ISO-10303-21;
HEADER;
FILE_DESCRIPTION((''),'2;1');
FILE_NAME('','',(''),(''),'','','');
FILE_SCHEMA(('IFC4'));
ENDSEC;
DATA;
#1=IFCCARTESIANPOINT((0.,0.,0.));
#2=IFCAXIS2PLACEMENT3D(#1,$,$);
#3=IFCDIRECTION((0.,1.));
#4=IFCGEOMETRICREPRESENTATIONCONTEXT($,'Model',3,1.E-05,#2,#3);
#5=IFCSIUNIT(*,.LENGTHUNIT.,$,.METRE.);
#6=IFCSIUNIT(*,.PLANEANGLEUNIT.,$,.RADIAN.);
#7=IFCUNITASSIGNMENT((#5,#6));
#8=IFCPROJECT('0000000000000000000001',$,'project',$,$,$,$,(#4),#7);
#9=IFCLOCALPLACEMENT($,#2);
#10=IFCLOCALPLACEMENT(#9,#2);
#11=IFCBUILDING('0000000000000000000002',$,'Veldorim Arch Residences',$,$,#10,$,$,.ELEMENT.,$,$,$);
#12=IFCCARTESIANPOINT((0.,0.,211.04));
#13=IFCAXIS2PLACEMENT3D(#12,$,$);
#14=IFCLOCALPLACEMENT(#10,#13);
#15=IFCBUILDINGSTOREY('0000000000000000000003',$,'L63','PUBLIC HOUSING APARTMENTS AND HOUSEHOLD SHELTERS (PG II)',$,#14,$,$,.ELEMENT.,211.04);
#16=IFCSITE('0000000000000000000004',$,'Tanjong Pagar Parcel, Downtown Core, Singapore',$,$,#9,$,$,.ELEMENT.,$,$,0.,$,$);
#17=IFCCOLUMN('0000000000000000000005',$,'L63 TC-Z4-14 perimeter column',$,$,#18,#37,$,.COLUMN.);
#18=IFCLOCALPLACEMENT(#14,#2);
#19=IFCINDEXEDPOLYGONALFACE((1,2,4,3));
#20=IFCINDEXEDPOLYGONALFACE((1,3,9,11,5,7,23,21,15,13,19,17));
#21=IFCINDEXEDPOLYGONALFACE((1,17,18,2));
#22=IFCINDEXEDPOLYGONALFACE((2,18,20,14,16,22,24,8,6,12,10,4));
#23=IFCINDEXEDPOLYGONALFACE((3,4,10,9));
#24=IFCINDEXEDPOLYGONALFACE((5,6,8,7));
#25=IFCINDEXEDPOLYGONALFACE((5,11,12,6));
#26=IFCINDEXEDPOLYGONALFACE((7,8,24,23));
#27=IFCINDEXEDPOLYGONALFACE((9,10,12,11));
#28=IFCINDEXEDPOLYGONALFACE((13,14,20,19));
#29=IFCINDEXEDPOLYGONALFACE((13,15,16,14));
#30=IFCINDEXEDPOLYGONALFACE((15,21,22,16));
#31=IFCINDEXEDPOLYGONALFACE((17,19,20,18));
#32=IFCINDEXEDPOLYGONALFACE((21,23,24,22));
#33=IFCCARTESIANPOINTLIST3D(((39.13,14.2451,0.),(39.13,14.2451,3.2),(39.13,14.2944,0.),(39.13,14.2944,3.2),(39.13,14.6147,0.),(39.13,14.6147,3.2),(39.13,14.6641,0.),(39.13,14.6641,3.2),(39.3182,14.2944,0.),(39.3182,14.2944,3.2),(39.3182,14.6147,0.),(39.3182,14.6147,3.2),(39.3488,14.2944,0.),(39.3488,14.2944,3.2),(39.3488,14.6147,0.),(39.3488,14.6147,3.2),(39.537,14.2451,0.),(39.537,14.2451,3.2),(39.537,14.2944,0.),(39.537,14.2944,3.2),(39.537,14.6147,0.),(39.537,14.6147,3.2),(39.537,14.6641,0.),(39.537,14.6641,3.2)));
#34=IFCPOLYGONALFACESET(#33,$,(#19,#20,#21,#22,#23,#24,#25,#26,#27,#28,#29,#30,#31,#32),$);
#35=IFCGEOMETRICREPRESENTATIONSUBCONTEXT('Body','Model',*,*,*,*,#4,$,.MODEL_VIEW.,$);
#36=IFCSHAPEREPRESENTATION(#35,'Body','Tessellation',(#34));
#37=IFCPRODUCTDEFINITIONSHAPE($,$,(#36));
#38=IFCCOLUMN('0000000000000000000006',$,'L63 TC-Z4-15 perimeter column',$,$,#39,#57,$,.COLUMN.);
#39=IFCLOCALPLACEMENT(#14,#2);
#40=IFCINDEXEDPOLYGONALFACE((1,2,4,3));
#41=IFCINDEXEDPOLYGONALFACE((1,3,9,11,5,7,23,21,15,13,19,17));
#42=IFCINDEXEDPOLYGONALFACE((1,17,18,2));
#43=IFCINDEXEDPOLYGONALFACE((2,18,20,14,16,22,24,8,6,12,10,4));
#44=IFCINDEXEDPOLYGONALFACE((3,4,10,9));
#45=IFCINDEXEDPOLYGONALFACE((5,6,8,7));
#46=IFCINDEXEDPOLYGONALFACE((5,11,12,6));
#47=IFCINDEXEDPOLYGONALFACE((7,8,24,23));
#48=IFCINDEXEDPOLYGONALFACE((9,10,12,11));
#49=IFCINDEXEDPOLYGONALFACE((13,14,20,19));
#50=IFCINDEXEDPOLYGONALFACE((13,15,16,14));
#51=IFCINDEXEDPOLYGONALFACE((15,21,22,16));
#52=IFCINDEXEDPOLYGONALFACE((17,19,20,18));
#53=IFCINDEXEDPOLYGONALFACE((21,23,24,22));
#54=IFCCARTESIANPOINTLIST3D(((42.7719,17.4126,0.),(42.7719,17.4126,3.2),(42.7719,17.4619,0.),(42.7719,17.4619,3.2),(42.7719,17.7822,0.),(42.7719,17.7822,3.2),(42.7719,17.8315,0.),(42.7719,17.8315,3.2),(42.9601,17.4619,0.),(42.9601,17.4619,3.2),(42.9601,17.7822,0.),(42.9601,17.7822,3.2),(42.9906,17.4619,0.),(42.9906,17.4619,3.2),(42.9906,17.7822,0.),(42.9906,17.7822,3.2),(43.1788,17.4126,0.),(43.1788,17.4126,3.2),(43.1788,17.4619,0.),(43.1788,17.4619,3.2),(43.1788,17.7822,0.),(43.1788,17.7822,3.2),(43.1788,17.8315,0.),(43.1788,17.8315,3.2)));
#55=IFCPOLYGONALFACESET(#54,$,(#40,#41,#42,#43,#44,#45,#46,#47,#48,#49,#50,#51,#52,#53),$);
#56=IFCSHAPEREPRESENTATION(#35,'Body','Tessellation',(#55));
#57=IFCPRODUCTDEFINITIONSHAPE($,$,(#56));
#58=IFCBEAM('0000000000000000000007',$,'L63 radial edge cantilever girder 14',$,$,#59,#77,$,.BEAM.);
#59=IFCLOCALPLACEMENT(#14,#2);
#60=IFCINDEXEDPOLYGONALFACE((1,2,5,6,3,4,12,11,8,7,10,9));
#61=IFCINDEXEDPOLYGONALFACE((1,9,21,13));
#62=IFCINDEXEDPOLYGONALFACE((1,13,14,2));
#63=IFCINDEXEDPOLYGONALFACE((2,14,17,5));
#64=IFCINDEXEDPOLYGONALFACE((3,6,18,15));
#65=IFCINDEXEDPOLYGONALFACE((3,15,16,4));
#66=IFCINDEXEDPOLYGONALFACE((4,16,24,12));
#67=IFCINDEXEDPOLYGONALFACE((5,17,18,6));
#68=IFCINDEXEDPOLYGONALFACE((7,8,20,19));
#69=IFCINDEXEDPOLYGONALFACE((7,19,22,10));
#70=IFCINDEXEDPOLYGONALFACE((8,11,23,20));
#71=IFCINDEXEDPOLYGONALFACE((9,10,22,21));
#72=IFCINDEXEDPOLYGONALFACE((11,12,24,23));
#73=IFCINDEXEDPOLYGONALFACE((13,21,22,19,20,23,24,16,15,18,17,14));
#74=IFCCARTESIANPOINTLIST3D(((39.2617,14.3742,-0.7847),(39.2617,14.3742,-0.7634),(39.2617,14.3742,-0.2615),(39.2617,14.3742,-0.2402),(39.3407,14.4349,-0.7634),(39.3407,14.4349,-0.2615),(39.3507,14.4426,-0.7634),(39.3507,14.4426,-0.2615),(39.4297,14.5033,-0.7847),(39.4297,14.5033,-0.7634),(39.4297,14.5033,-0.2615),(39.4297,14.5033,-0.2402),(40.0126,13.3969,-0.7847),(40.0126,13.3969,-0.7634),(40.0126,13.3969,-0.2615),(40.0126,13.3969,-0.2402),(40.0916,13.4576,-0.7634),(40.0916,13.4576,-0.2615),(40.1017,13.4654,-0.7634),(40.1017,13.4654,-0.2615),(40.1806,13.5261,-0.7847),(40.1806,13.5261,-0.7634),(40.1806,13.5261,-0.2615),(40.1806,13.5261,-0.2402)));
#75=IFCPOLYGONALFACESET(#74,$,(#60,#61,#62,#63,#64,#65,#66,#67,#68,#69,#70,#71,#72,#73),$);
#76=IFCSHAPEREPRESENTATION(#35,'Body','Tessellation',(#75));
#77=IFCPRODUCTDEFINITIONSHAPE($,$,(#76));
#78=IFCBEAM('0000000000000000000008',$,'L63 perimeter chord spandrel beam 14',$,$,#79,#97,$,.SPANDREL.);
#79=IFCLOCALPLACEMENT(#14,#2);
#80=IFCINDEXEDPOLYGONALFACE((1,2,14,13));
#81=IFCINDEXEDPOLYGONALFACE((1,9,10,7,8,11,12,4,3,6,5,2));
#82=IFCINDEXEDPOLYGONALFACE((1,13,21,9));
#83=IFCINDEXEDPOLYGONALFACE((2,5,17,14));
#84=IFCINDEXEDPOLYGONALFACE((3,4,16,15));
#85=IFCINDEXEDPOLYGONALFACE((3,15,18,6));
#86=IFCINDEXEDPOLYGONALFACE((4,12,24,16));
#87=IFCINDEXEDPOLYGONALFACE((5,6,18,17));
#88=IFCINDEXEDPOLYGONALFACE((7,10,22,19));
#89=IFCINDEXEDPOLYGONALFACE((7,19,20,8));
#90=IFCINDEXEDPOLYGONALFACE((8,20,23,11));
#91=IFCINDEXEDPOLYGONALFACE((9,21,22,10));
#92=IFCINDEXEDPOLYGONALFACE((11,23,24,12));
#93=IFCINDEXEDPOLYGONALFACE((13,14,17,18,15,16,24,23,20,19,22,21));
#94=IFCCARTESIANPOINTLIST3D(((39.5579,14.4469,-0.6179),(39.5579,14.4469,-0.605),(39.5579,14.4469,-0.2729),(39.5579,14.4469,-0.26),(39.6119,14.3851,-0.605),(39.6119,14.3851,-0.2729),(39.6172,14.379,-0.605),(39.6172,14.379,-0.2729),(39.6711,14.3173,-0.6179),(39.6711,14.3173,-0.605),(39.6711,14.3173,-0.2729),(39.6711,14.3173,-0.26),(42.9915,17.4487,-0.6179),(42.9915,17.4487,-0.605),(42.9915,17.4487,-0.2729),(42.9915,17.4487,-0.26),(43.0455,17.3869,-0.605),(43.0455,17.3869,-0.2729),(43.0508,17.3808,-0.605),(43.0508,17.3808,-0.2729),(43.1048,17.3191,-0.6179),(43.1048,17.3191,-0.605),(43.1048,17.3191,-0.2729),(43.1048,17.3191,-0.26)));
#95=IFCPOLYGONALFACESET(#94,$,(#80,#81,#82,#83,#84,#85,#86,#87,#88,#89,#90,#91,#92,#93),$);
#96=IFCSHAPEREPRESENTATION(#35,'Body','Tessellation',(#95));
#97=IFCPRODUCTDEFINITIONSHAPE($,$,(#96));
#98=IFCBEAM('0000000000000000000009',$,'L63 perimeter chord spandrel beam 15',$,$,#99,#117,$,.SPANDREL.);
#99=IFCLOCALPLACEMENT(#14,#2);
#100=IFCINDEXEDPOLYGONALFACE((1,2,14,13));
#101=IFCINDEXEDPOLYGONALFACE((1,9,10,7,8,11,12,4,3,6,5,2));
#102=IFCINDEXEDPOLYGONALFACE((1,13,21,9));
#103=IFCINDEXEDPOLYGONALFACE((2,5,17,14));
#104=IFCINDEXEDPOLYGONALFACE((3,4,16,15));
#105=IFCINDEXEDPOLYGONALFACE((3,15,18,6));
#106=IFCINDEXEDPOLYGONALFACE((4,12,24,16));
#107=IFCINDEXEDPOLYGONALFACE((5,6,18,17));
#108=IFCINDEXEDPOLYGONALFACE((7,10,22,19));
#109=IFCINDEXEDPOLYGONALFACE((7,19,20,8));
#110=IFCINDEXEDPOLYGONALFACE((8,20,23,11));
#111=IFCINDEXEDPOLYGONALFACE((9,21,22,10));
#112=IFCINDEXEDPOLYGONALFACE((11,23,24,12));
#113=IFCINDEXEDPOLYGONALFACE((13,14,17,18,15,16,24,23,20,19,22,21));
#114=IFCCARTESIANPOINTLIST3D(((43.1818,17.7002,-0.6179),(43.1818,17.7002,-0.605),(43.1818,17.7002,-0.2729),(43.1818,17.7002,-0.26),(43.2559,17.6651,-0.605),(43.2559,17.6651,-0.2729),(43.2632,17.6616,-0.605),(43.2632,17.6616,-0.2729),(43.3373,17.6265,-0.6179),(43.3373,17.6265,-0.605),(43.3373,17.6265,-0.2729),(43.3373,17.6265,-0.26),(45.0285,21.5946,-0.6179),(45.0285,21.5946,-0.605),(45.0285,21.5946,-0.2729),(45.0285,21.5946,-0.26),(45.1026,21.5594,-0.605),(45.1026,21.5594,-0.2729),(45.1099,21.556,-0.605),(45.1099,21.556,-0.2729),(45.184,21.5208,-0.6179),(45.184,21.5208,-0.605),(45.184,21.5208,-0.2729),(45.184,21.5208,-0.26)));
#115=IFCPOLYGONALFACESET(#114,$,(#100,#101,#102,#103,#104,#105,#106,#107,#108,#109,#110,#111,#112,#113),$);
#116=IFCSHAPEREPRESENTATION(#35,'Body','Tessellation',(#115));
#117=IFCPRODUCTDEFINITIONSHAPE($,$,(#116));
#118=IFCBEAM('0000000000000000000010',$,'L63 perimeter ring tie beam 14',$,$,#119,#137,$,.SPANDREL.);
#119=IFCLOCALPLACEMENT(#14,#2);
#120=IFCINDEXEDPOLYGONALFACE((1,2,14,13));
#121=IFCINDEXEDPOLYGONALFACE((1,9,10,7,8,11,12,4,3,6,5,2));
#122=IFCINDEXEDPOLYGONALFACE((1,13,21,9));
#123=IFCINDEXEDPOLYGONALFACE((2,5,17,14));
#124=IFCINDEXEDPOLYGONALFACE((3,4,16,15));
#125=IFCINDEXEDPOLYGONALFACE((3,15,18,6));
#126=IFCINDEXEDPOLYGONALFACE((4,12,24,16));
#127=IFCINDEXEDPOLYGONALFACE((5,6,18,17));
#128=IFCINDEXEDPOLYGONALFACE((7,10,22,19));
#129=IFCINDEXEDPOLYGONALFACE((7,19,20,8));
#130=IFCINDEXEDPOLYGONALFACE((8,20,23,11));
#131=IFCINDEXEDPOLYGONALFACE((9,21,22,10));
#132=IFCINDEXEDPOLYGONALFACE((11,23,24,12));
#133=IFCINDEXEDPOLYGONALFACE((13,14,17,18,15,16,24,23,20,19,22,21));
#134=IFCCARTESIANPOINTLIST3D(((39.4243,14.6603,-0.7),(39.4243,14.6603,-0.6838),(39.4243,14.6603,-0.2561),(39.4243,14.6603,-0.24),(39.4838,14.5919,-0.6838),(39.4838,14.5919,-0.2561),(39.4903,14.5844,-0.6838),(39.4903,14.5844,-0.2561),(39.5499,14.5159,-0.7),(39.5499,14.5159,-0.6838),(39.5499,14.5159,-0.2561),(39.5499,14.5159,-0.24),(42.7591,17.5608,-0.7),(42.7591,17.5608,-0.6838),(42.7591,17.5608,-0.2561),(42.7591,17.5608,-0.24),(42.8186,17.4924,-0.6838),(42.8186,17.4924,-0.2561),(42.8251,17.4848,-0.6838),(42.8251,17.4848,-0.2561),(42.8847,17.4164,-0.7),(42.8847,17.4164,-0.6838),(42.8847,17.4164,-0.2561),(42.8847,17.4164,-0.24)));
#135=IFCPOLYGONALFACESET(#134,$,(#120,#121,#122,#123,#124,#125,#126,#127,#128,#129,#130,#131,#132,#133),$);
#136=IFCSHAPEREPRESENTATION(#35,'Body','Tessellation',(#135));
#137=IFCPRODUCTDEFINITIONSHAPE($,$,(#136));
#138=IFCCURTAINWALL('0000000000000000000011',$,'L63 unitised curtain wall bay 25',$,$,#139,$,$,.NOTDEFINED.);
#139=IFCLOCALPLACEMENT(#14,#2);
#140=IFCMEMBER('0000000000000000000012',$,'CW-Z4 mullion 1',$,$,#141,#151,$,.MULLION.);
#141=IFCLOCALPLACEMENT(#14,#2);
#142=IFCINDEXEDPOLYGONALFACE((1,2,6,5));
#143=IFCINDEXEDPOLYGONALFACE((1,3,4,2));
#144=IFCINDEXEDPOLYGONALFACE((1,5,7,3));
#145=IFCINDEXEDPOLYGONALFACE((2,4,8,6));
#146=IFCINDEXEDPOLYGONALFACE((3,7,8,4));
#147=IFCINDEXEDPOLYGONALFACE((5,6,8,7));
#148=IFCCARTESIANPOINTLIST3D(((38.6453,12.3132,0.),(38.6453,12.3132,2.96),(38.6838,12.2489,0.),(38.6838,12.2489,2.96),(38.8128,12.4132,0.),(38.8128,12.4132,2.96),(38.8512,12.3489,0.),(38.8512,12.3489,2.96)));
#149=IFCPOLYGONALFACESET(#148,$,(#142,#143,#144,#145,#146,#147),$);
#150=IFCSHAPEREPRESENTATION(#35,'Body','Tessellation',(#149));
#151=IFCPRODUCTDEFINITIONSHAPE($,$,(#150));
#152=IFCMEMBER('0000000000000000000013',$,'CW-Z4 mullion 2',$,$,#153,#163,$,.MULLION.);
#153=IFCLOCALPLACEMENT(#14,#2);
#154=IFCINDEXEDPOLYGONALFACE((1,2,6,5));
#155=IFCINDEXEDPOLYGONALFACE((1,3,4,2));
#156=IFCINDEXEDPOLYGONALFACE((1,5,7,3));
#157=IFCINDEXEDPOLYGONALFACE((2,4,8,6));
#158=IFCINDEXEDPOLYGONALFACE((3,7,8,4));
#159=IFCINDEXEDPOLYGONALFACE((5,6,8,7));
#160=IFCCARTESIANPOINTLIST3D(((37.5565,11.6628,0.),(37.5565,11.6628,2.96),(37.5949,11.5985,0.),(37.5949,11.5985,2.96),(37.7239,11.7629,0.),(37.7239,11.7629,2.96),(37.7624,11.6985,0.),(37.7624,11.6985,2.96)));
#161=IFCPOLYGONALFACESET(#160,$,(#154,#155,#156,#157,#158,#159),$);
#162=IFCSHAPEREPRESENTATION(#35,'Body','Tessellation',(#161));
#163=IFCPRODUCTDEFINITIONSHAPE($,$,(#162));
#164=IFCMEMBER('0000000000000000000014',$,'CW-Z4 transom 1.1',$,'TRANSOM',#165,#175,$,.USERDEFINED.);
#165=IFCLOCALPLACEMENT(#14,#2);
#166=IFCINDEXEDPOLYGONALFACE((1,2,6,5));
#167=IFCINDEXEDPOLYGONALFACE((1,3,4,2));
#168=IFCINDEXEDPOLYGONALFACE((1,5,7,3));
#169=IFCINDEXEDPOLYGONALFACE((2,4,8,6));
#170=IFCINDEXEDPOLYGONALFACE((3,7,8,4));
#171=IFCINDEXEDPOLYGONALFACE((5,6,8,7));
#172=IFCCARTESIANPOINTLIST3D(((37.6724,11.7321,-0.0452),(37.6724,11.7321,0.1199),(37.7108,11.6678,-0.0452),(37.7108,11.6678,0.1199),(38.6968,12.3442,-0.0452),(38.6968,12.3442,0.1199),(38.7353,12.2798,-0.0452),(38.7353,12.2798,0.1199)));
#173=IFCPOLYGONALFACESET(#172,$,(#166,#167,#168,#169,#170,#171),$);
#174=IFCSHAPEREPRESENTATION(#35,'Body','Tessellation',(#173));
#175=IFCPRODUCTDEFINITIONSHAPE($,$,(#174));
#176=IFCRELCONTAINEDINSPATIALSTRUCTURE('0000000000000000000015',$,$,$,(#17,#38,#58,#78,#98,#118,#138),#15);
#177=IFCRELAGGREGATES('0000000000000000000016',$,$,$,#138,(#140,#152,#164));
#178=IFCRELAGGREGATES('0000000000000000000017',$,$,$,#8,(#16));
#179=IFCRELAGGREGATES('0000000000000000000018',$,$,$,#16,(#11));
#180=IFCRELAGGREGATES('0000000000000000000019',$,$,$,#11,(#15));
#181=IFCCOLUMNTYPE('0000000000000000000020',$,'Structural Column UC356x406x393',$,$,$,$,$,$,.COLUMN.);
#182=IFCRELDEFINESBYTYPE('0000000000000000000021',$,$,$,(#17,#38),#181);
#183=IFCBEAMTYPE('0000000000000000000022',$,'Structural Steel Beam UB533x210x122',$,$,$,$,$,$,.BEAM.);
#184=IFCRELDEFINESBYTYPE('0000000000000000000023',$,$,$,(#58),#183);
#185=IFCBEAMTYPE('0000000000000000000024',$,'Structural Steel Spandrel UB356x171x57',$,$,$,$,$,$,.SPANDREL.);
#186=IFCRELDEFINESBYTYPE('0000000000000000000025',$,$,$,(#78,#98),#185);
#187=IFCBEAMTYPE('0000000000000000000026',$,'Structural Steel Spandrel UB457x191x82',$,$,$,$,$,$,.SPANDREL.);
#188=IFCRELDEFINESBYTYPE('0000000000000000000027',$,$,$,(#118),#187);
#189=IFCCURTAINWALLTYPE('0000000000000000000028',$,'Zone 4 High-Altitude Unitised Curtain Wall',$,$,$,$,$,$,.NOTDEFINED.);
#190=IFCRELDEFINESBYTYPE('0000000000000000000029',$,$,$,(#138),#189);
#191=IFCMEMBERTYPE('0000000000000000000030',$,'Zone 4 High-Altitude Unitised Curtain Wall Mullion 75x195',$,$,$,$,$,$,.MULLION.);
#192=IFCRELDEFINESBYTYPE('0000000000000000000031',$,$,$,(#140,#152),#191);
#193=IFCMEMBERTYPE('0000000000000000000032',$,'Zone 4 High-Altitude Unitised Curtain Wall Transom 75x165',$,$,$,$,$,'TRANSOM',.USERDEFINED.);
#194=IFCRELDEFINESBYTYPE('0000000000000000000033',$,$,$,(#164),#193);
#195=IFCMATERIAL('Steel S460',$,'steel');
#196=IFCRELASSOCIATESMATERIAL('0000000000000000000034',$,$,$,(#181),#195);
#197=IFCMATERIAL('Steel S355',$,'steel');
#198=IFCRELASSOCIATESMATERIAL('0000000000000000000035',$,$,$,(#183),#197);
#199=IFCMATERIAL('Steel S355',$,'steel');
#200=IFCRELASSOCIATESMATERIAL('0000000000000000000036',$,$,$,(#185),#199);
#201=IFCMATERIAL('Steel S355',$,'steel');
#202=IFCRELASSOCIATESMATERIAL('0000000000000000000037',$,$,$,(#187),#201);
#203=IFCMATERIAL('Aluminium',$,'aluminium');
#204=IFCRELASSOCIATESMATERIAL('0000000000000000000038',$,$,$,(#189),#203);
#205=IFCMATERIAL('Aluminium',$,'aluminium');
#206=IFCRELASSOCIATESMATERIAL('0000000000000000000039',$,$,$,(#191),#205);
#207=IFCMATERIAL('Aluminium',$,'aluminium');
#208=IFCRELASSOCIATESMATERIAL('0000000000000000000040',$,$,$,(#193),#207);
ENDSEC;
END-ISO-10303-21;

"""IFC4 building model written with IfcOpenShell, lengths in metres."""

from ifc_helpers import new_model, si_unit, direction, frame, origin, origin_2d, place, context, subcontext, project, spatial, rectangle, i_section, extrude, material, material_profile, profile_set, type_object, element, aggregate, save


model = new_model("IFC4")

# Units and contexts
model_context = context("Model", 3, precision=1e-05, world=origin(), true_north=direction((0.0, 1.0)))
body_context = subcontext(model_context, "Body", "Model", "MODEL_VIEW")
ifc_project = project(units=[si_unit("LENGTHUNIT", "METRE"), si_unit("PLANEANGLEUNIT", "RADIAN")], contexts=[model_context])

# Site, building, storey
site_placement = place(None, origin())
site = spatial("IfcSite", under=ifc_project, at=site_placement, Name="Tanjong Pagar Parcel, Downtown Core, Singapore", CompositionType="ELEMENT", RefElevation=0.0)
building_placement = place(site_placement, origin())
building = spatial("IfcBuilding", under=site, at=building_placement, Name="Veldorim Arch Residences", CompositionType="ELEMENT")
storey_placement = place(building_placement, frame((0.0, 0.0, 211.04)))
storey = spatial("IfcBuildingStorey", under=building, at=storey_placement, Name="L63", Description="PUBLIC HOUSING APARTMENTS AND HOUSEHOLD SHELTERS (PG II)", CompositionType="ELEMENT", Elevation=211.04)

# Columns
ifc_material_1 = material(Name="Steel S460", Category="steel")
ifc_material_profile_1 = material_profile(ifc_material_1, i_section(OverallWidth=0.407, OverallDepth=0.4189, WebThickness=0.0305, FlangeThickness=0.0493, at=origin_2d()), Name="UC356x406x393")
ifc_profile_set_1 = profile_set([ifc_material_profile_1], Name="Steel S460")
column_type = type_object("IfcColumnType", Name="Structural Column UC356x406x393", PredefinedType="COLUMN", material=ifc_profile_set_1)
for number, where, z_axis, x_axis, name in (
    (1, (39.3335, 14.4546, 0.0), (0.0, 0.0, 1.0), (1.0, 0.0, 0.0), "L63 TC-Z4-14 perimeter column"),
    (2, (42.9753, 17.6221, 0.0), (0.0, 0.0, 1.0), (1.0, 0.0, 0.0), "L63 TC-Z4-15 perimeter column"),
):
    element("IfcColumn", number, at=place(storey_placement, frame(where, z_axis=z_axis, x_axis=x_axis)), inside=storey, type_object=column_type, Name=name, PredefinedType="COLUMN", context=body_context, shape_type="SweptSolid", body=[
        extrude(i_section(OverallWidth=0.407, OverallDepth=0.4189, WebThickness=0.0305, FlangeThickness=0.0493, at=origin_2d()), origin(), (0.0, 0.0, 1.0), 3.2),
    ])

# Beams
ifc_material_2 = material(Name="Steel S355", Category="steel")
ifc_material_profile_2 = material_profile(ifc_material_2, i_section(OverallWidth=0.2119, OverallDepth=0.5444, WebThickness=0.0127, FlangeThickness=0.0212, at=origin_2d()), Name="UB533x210x122")
ifc_profile_set_2 = profile_set([ifc_material_profile_2], Name="Steel S355")
beam_type_1 = type_object("IfcBeamType", Name="Structural Steel Beam UB533x210x122", PredefinedType="BEAM", material=ifc_profile_set_2)
beam_1_placement = place(storey_placement, frame((39.3457, 14.4387, -0.5125), z_axis=(0.609309, -0.792933, 0.0), x_axis=(0.792933, 0.609309, 0.0)))
element("IfcBeam", 3, at=beam_1_placement, inside=storey, type_object=beam_type_1, Name="L63 radial edge cantilever girder 14", PredefinedType="BEAM", context=body_context, shape_type="SweptSolid", body=[
    extrude(i_section(OverallWidth=0.2119, OverallDepth=0.5444, WebThickness=0.0127, FlangeThickness=0.0212, at=origin_2d()), origin(), (0.0, 0.0, 1.0), 1.2324),
])
ifc_material_3 = material(Name="Steel S355", Category="steel")
ifc_material_profile_3 = material_profile(ifc_material_3, i_section(OverallWidth=0.1721, OverallDepth=0.3579, WebThickness=0.0081, FlangeThickness=0.0129, at=origin_2d()), Name="UB356x171x57")
ifc_profile_set_3 = profile_set([ifc_material_profile_3], Name="Steel S355")
beam_type_2 = type_object("IfcBeamType", Name="Structural Steel Spandrel UB356x171x57", PredefinedType="SPANDREL", material=ifc_profile_set_3)
beam_2_placement = place(storey_placement, frame((39.6145, 14.3821, -0.439), z_axis=(0.752868, 0.658171, 0.0), x_axis=(-0.658171, 0.752868, 0.0)))
element("IfcBeam", 4, at=beam_2_placement, inside=storey, type_object=beam_type_2, Name="L63 perimeter chord spandrel beam 14", PredefinedType="SPANDREL", context=body_context, shape_type="SweptSolid", body=[
    extrude(i_section(OverallWidth=0.1721, OverallDepth=0.3579, WebThickness=0.0081, FlangeThickness=0.0129, at=origin_2d()), origin(), (0.0, 0.0, 1.0), 4.5608),
])
beam_3_placement = place(storey_placement, frame((43.2595, 17.6633, -0.439), z_axis=(0.428469, 0.903557, 0.0), x_axis=(-0.903557, 0.428469, 0.0)))
element("IfcBeam", 5, at=beam_3_placement, inside=storey, type_object=beam_type_2, Name="L63 perimeter chord spandrel beam 15", PredefinedType="SPANDREL", context=body_context, shape_type="SweptSolid", body=[
    extrude(i_section(OverallWidth=0.1721, OverallDepth=0.3579, WebThickness=0.0081, FlangeThickness=0.0129, at=origin_2d()), origin(), (0.0, 0.0, 1.0), 4.3101),
])
ifc_material_4 = material(Name="Steel S355", Category="steel")
ifc_material_profile_4 = material_profile(ifc_material_4, i_section(OverallWidth=0.1914, OverallDepth=0.46, WebThickness=0.01, FlangeThickness=0.0161, at=origin_2d()), Name="UB457x191x82")
ifc_profile_set_4 = profile_set([ifc_material_profile_4], Name="Steel S355")
beam_type_3 = type_object("IfcBeamType", Name="Structural Steel Spandrel UB457x191x82", PredefinedType="SPANDREL", material=ifc_profile_set_4)
beam_4_placement = place(storey_placement, frame((39.4871, 14.5881, -0.47), z_axis=(0.754534, 0.656261, 0.0), x_axis=(-0.656261, 0.754534, 0.0)))
element("IfcBeam", 6, at=beam_4_placement, inside=storey, type_object=beam_type_3, Name="L63 perimeter ring tie beam 14", PredefinedType="SPANDREL", context=body_context, shape_type="SweptSolid", body=[
    extrude(i_section(OverallWidth=0.1914, OverallDepth=0.46, WebThickness=0.01, FlangeThickness=0.0161, at=origin_2d()), origin(), (0.0, 0.0, 1.0), 4.4197),
])

# Curtain wall, members
ifc_material_5 = material(Name="Aluminium", Category="aluminium")
curtain_wall_type = type_object("IfcCurtainWallType", Name="Zone 4 High-Altitude Unitised Curtain Wall", PredefinedType="NOTDEFINED", material=ifc_material_5)
curtain_wall_placement = place(storey_placement, origin())
curtain_wall = element("IfcCurtainWall", 7, at=curtain_wall_placement, inside=storey, type_object=curtain_wall_type, Name="L63 unitised curtain wall bay 25", PredefinedType="NOTDEFINED")
ifc_material_6 = material(Name="Aluminium", Category="aluminium")
ifc_material_profile_5 = material_profile(ifc_material_6, rectangle(XDim=0.075, YDim=0.1951, at=origin_2d()), Name="ALU_MUL_75x195")
ifc_profile_set_5 = profile_set([ifc_material_profile_5], Name="Aluminium")
member_type_1 = type_object("IfcMemberType", Name="Zone 4 High-Altitude Unitised Curtain Wall Mullion 75x195", PredefinedType="MULLION", material=ifc_profile_set_5)
member_1_placement = place(storey_placement, frame((38.7483, 12.3311, 0.0), z_axis=(0.0, 0.0, 1.0), x_axis=(0.512817, -0.858498, 0.0)))
member_1 = element("IfcMember", 8, at=member_1_placement, type_object=member_type_1, Name="CW-Z4 mullion 1", PredefinedType="MULLION", context=body_context, shape_type="SweptSolid", body=[
    extrude(rectangle(XDim=0.075, YDim=0.1951, at=origin_2d()), origin(), (0.0, 0.0, 1.0), 2.96),
])
member_2_placement = place(storey_placement, frame((37.6594, 11.6807, 0.0), z_axis=(0.0, 0.0, 1.0), x_axis=(0.512817, -0.858498, 0.0)))
member_2 = element("IfcMember", 9, at=member_2_placement, type_object=member_type_1, Name="CW-Z4 mullion 2", PredefinedType="MULLION", context=body_context, shape_type="SweptSolid", body=[
    extrude(rectangle(XDim=0.075, YDim=0.1951, at=origin_2d()), origin(), (0.0, 0.0, 1.0), 2.96),
])
ifc_material_7 = material(Name="Aluminium", Category="aluminium")
ifc_material_profile_6 = material_profile(ifc_material_7, rectangle(XDim=0.075, YDim=0.165, at=origin_2d()), Name="ALU_TRN_75x165")
ifc_profile_set_6 = profile_set([ifc_material_profile_6], Name="Aluminium")
member_type_2 = type_object("IfcMemberType", Name="Zone 4 High-Altitude Unitised Curtain Wall Transom 75x165", ElementType="TRANSOM", PredefinedType="USERDEFINED", material=ifc_profile_set_6)
member_3_placement = place(storey_placement, frame((38.7161, 12.312, 0.0374), z_axis=(-0.858448, -0.5129, 0.0), x_axis=(0.5129, -0.858448, 0.0)))
member_3 = element("IfcMember", 10, at=member_3_placement, type_object=member_type_2, Name="CW-Z4 transom 1.1", ObjectType="TRANSOM", PredefinedType="USERDEFINED", context=body_context, shape_type="SweptSolid", body=[
    extrude(rectangle(XDim=0.075, YDim=0.165, at=origin_2d()), origin(), (0.0, 0.0, 1.0), 1.1934),
])
aggregate(curtain_wall, [member_1, member_2, member_3])

save(model, "model.ifc")
